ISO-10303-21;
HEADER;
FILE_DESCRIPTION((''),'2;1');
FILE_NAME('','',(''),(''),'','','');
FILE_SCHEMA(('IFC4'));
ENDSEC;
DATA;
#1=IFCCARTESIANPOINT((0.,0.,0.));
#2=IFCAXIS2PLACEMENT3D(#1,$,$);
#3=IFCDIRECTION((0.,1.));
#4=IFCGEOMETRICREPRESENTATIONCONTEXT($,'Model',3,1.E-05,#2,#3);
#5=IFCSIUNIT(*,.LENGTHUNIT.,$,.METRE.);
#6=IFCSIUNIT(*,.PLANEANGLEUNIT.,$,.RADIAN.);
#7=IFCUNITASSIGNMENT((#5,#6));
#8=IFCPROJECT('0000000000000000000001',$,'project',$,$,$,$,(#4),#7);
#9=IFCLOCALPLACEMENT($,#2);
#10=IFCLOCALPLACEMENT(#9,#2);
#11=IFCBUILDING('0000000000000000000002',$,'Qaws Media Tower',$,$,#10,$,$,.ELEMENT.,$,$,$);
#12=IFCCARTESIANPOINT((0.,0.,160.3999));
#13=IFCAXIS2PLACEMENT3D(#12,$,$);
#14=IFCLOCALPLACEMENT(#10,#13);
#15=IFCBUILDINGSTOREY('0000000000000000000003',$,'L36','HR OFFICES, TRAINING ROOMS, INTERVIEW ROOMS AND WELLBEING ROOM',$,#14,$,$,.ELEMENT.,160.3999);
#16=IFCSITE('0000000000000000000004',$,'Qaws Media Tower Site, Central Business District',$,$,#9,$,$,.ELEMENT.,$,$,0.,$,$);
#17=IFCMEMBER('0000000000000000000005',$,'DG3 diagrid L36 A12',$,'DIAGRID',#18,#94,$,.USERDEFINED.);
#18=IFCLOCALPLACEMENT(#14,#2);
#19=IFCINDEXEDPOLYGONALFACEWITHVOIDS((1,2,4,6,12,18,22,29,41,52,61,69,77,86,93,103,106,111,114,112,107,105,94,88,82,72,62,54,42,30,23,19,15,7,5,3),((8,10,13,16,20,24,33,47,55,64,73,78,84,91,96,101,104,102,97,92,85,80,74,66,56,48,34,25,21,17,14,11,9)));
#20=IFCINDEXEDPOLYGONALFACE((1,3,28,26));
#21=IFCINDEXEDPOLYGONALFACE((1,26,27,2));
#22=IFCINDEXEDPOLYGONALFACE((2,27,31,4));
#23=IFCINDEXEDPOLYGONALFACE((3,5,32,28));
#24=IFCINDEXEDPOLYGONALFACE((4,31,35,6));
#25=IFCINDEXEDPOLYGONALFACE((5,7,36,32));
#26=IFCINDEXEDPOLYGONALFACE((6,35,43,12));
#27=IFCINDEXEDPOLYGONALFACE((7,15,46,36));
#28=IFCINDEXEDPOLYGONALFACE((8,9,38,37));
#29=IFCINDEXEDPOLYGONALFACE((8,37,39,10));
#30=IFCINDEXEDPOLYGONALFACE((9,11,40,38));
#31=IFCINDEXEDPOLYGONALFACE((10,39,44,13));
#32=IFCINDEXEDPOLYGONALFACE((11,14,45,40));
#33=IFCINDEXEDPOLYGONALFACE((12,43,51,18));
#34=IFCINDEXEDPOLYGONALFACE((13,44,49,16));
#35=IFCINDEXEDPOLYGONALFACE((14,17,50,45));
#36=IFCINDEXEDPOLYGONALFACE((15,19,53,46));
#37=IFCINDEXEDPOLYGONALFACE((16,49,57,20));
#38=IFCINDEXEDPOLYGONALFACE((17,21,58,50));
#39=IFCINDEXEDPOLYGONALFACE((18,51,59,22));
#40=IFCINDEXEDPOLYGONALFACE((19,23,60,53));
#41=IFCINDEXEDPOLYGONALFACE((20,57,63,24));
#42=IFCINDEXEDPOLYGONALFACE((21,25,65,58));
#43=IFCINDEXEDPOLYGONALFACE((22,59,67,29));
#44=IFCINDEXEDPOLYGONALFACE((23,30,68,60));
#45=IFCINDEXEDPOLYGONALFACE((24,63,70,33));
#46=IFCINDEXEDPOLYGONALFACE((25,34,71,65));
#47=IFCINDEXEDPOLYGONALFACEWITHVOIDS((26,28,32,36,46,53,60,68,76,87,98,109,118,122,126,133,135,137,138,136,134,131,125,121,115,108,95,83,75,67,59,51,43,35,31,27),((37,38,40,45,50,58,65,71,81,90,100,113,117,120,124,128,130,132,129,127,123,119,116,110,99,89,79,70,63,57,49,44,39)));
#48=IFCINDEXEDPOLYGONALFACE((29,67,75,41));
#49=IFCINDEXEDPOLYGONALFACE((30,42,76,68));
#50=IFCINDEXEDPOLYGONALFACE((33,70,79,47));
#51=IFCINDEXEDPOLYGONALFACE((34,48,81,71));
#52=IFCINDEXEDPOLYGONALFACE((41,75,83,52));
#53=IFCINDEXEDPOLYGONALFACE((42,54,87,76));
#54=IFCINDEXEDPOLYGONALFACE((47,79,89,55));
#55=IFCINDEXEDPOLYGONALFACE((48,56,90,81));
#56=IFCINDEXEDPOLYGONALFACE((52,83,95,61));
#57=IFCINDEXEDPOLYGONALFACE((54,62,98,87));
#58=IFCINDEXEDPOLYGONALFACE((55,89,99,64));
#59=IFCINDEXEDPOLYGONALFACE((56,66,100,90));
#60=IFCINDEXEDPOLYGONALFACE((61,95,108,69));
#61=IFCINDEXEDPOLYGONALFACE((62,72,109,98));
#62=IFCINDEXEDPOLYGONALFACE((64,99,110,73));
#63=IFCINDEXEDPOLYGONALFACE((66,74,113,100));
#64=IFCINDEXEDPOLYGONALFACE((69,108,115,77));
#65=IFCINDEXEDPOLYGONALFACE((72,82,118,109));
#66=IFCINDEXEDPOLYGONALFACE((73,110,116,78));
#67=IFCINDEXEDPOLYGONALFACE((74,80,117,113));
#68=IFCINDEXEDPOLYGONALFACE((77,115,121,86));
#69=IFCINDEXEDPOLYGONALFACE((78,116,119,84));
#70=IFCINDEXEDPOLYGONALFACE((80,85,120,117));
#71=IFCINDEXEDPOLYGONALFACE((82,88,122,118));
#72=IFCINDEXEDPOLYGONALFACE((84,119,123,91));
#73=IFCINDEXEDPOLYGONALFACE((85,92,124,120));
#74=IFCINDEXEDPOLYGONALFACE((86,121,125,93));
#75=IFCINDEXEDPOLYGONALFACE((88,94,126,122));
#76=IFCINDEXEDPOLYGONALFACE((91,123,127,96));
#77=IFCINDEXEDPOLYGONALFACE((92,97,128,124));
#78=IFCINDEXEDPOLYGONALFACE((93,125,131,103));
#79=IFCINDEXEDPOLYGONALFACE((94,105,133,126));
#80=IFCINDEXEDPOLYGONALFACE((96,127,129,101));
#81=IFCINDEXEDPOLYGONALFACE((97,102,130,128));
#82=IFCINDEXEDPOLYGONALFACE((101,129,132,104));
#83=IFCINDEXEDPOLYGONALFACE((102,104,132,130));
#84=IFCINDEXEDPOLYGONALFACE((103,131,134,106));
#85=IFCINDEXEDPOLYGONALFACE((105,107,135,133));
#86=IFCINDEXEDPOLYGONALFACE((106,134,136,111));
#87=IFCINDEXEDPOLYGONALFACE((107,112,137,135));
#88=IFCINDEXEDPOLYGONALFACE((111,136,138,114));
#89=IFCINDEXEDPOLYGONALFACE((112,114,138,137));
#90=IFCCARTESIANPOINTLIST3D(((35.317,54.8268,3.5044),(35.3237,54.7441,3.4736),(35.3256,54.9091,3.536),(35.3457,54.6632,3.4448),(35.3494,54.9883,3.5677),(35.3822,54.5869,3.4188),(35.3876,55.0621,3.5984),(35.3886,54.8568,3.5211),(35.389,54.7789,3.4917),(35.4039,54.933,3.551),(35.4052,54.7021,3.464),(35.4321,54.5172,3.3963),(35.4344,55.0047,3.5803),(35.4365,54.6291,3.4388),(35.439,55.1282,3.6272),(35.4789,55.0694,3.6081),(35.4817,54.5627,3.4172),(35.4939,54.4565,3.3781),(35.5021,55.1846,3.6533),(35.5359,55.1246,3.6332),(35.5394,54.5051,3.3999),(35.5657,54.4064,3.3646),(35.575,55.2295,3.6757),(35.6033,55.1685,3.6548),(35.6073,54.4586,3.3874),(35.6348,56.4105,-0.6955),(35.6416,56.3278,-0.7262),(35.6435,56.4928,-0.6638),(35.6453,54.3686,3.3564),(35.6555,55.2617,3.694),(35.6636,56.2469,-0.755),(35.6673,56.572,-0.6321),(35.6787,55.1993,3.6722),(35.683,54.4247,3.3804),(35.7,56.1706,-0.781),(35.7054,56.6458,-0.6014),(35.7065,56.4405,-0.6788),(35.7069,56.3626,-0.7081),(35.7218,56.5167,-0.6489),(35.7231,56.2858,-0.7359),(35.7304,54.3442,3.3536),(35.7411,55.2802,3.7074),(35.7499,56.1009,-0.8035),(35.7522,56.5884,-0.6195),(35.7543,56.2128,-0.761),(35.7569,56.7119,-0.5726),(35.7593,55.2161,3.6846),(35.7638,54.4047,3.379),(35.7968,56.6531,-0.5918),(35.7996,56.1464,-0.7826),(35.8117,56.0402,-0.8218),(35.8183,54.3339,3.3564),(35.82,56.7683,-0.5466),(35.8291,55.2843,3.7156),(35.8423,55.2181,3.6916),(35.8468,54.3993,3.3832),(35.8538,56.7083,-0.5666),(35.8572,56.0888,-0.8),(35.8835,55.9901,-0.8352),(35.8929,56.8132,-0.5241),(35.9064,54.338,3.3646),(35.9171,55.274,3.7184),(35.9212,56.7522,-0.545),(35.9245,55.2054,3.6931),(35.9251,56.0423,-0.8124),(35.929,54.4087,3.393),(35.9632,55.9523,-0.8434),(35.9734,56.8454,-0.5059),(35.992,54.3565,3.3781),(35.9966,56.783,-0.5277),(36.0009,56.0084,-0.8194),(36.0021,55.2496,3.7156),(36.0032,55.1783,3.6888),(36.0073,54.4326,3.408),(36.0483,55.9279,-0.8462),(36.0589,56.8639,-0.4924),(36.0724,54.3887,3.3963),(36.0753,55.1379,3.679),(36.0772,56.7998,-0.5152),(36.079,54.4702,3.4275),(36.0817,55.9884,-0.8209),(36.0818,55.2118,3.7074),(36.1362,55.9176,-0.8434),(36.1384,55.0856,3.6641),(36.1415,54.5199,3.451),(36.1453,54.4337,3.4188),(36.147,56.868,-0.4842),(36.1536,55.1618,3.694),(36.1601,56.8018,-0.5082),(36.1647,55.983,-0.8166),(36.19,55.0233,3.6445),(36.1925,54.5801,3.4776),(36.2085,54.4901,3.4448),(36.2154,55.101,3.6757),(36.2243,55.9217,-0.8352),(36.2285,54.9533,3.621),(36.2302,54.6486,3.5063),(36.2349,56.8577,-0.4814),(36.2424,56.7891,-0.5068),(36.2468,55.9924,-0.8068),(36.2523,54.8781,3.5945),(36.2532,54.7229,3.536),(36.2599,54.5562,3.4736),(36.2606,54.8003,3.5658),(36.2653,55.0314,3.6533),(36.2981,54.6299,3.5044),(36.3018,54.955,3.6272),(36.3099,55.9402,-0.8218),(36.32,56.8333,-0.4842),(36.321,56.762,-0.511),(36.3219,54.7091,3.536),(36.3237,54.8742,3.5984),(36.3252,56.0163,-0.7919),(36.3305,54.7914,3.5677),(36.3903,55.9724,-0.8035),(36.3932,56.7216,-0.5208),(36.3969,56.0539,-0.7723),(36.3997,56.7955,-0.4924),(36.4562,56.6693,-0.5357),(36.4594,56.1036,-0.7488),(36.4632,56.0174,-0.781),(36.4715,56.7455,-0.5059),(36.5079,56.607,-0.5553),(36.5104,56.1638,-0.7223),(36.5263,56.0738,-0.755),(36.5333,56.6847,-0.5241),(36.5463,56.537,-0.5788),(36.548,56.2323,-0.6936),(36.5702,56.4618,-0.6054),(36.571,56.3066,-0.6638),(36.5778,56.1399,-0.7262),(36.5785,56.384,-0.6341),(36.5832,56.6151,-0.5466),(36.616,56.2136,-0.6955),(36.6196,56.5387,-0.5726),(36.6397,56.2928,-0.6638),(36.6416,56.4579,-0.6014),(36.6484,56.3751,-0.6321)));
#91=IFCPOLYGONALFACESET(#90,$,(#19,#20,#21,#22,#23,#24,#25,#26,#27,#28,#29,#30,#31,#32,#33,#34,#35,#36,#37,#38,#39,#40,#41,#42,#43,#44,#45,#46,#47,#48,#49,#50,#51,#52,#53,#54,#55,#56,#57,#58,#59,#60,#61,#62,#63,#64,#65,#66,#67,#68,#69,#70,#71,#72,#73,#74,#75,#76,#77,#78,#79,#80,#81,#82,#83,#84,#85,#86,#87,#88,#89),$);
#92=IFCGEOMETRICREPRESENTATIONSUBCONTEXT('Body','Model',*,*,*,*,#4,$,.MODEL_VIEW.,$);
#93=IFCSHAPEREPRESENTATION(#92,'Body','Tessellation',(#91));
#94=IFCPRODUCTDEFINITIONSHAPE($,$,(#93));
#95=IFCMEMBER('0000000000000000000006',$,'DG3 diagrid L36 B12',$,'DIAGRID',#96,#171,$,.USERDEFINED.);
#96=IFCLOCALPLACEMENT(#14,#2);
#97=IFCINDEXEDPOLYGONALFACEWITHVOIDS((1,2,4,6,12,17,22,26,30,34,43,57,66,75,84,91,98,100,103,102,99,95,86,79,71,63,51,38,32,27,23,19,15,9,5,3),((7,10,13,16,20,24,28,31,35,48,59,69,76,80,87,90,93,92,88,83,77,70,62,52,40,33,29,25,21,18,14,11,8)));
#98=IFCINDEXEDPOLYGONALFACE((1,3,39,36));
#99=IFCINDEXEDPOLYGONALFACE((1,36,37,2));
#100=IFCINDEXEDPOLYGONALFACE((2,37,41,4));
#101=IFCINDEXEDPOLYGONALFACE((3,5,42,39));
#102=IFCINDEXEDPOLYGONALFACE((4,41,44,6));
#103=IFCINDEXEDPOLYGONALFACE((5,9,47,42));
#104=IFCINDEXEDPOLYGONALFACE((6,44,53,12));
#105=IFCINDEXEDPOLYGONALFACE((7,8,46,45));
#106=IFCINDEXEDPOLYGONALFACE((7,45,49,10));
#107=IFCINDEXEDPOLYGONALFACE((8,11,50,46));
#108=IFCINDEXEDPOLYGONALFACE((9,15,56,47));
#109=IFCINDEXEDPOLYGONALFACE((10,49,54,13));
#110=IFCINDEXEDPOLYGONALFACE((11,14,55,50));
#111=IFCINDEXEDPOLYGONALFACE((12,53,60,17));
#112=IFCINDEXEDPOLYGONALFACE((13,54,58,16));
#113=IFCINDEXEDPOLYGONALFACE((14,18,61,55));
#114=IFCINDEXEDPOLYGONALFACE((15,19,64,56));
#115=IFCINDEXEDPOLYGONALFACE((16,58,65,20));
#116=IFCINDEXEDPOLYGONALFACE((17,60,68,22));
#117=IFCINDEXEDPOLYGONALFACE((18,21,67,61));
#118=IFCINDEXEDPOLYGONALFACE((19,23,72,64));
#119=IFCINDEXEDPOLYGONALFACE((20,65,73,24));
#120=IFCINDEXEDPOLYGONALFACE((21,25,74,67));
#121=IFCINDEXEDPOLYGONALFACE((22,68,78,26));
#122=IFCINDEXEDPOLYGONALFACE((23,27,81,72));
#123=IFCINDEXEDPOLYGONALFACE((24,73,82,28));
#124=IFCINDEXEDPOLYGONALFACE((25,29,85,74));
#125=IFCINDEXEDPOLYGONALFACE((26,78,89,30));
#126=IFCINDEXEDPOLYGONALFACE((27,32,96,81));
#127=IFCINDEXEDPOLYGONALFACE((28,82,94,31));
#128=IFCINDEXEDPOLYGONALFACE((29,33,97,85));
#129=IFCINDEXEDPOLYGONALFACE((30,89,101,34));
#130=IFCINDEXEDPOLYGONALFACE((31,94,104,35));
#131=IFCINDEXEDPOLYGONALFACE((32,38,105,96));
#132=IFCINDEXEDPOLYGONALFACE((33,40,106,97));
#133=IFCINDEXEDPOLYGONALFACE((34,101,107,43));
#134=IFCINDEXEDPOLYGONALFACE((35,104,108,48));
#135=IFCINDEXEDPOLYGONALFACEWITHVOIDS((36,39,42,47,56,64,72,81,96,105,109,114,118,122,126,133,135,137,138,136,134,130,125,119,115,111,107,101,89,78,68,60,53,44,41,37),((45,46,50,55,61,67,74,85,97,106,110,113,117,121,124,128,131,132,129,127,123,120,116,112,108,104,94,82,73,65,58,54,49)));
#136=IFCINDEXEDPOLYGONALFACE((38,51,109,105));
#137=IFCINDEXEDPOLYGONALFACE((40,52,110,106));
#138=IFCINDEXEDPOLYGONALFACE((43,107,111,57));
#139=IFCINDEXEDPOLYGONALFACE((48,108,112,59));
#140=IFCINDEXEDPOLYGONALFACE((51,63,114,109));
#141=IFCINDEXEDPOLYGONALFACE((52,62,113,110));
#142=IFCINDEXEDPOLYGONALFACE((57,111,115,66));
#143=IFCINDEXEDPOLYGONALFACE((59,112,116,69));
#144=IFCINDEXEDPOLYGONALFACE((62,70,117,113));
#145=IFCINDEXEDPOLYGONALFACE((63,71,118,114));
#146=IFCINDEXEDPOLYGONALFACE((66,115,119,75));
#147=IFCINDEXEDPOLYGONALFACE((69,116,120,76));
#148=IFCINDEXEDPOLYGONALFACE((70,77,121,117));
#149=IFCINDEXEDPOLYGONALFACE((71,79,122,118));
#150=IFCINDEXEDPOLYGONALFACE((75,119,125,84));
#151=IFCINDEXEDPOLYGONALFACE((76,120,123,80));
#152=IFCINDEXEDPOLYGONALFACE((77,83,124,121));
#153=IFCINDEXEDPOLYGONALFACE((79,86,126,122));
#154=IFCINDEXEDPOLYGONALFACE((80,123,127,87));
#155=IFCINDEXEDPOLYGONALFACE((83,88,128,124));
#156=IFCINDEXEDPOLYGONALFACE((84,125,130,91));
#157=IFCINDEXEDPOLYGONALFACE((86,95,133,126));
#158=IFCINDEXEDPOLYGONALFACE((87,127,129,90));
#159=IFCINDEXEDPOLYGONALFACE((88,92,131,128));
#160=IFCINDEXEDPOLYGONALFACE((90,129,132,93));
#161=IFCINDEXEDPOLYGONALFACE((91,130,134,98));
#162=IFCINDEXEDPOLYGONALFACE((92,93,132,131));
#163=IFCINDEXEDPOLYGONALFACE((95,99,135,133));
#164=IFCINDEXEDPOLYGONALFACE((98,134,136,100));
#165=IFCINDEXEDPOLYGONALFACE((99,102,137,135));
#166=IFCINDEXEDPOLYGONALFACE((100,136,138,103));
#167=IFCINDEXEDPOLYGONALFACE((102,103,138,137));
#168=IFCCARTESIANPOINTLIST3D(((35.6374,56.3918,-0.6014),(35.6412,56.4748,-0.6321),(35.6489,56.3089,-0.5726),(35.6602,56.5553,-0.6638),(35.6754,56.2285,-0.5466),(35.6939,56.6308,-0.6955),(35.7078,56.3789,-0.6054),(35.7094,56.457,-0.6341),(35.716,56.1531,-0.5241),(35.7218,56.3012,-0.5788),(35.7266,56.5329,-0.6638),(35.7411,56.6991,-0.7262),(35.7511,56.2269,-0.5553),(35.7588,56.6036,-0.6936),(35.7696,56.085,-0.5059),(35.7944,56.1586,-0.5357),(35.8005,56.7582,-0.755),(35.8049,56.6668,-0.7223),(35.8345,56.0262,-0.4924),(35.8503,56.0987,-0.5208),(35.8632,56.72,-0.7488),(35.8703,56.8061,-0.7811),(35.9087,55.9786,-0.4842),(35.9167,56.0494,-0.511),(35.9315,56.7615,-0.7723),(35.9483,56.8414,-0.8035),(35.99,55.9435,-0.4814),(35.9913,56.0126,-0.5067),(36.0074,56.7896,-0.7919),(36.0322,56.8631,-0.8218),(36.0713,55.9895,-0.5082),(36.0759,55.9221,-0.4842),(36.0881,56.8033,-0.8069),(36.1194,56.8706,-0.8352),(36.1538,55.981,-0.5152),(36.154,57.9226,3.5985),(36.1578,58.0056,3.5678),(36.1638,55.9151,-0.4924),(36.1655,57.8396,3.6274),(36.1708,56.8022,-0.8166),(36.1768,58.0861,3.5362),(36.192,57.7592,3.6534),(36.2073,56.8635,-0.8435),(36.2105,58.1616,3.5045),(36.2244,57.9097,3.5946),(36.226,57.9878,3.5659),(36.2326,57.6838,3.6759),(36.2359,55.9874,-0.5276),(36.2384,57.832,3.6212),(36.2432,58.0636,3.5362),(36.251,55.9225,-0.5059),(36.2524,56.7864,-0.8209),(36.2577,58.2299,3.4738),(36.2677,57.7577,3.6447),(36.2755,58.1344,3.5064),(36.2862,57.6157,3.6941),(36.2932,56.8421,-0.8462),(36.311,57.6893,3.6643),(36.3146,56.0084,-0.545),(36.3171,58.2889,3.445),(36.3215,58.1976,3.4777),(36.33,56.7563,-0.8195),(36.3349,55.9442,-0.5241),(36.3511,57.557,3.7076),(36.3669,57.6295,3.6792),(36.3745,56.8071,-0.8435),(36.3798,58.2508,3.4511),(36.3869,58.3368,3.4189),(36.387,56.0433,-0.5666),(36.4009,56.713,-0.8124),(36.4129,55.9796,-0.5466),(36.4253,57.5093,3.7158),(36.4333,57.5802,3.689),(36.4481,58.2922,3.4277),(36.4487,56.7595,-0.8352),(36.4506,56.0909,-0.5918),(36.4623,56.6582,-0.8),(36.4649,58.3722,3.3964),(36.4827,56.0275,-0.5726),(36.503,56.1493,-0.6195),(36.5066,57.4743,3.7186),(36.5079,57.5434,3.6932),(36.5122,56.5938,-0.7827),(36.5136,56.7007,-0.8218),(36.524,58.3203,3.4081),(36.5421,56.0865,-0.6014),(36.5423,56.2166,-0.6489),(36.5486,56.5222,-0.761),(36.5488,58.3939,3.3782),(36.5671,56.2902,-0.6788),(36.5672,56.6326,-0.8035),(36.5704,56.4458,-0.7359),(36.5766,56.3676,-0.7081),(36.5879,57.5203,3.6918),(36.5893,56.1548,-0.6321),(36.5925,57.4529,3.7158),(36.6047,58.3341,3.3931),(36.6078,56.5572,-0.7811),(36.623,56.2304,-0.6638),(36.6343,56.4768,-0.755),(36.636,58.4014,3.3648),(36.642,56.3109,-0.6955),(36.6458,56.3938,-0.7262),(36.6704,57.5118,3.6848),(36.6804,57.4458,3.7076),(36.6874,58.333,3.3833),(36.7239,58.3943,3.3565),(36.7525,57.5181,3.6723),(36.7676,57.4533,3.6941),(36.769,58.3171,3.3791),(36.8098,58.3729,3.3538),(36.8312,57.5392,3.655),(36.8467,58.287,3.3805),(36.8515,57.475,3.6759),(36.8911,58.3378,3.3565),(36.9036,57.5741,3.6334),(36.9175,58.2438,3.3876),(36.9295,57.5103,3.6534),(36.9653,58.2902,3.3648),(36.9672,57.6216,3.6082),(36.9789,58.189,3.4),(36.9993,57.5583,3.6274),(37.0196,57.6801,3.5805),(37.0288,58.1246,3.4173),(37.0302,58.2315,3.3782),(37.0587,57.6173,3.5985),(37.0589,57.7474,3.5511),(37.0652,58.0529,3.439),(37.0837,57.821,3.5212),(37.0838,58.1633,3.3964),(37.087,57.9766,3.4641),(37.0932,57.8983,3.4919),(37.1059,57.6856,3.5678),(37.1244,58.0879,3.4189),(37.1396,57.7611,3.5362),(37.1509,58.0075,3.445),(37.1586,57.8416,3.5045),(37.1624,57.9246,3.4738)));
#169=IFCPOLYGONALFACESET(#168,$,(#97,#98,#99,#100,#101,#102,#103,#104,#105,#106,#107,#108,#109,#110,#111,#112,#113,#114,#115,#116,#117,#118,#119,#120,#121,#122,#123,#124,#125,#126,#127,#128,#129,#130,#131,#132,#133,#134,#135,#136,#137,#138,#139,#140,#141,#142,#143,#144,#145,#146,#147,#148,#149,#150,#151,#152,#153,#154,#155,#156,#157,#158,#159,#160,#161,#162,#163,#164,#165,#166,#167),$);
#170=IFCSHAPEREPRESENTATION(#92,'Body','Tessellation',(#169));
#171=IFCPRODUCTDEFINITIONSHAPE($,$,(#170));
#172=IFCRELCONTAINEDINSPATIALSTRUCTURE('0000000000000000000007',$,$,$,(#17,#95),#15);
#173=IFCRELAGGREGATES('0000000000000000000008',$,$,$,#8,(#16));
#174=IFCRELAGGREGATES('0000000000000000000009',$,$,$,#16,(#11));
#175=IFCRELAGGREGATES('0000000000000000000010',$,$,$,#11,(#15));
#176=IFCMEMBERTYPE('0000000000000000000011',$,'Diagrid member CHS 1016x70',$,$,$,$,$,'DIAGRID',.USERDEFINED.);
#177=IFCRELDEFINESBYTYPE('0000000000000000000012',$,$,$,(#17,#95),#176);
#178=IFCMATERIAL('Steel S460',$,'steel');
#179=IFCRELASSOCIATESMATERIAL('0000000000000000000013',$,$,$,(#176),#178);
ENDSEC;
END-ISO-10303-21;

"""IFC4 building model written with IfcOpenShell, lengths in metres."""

from ifc_helpers import new_model, si_unit, direction, frame, origin, origin_2d, place, context, subcontext, project, spatial, hollow_circle, extrude, material, material_profile, profile_set, type_object, element, save


model = new_model("IFC4")

# Units and contexts
model_context = context("Model", 3, precision=1e-05, world=origin(), true_north=direction((0.0, 1.0)))
body_context = subcontext(model_context, "Body", "Model", "MODEL_VIEW")
ifc_project = project(units=[si_unit("LENGTHUNIT", "METRE"), si_unit("PLANEANGLEUNIT", "RADIAN")], contexts=[model_context])

# Site, building, storey
site_placement = place(None, origin())
site = spatial("IfcSite", under=ifc_project, at=site_placement, Name="Qaws Media Tower Site, Central Business District", CompositionType="ELEMENT", RefElevation=0.0)
building_placement = place(site_placement, origin())
building = spatial("IfcBuilding", under=site, at=building_placement, Name="Qaws Media Tower", CompositionType="ELEMENT")
storey_placement = place(building_placement, frame((0.0, 0.0, 160.3999)))
storey = spatial("IfcBuildingStorey", under=building, at=storey_placement, Name="L36", Description="HR OFFICES, TRAINING ROOMS, INTERVIEW ROOMS AND WELLBEING ROOM", CompositionType="ELEMENT", Elevation=160.3999)

# Members
ifc_material_1 = material(Name="Steel S460", Category="steel")
ifc_material_profile_1 = material_profile(ifc_material_1, hollow_circle(Radius=0.5081, WallThickness=0.0701, at=origin_2d()), Name="CHS 1016x70")
ifc_profile_set_1 = profile_set([ifc_material_profile_1], Name="Steel S460")
member_type_1 = type_object("IfcMemberType", Name="Diagrid member CHS 1016x70", ElementType="DIAGRID", PredefinedType="USERDEFINED", material=ifc_profile_set_1)
member_1_placement = place(storey_placement, frame((36.1416, 56.3928, -0.6638), z_axis=(-0.07064, -0.351952, 0.933349), x_axis=(0.980447, -0.196785, 0.0)))
element("IfcMember", 1, at=member_1_placement, inside=storey, type_object=member_type_1, Name="DG3 diagrid L36 A12", ObjectType="DIAGRID", PredefinedType="USERDEFINED", context=body_context, shape_type="SweptSolid", body=[
    extrude(hollow_circle(Radius=0.5081, WallThickness=0.0701, at=origin_2d()), origin(), (0.0, 0.0, 1.0), 4.4998),
])
for number, where, z_axis, x_axis, name in (
    (2, (36.1416, 56.3928, -0.6638), (0.114801, 0.340172, 0.933329), (-0.947498, 0.319762, 0.0), "DG3 diagrid L36 B12"),
):
    element("IfcMember", number, at=place(storey_placement, frame(where, z_axis=z_axis, x_axis=x_axis)), inside=storey, type_object=member_type_1, Name=name, ObjectType="DIAGRID", PredefinedType="USERDEFINED", context=body_context, shape_type="SweptSolid", body=[
        extrude(hollow_circle(Radius=0.5081, WallThickness=0.0701, at=origin_2d()), origin(), (0.0, 0.0, 1.0), 4.5),
    ])

save(model, "model.ifc")
